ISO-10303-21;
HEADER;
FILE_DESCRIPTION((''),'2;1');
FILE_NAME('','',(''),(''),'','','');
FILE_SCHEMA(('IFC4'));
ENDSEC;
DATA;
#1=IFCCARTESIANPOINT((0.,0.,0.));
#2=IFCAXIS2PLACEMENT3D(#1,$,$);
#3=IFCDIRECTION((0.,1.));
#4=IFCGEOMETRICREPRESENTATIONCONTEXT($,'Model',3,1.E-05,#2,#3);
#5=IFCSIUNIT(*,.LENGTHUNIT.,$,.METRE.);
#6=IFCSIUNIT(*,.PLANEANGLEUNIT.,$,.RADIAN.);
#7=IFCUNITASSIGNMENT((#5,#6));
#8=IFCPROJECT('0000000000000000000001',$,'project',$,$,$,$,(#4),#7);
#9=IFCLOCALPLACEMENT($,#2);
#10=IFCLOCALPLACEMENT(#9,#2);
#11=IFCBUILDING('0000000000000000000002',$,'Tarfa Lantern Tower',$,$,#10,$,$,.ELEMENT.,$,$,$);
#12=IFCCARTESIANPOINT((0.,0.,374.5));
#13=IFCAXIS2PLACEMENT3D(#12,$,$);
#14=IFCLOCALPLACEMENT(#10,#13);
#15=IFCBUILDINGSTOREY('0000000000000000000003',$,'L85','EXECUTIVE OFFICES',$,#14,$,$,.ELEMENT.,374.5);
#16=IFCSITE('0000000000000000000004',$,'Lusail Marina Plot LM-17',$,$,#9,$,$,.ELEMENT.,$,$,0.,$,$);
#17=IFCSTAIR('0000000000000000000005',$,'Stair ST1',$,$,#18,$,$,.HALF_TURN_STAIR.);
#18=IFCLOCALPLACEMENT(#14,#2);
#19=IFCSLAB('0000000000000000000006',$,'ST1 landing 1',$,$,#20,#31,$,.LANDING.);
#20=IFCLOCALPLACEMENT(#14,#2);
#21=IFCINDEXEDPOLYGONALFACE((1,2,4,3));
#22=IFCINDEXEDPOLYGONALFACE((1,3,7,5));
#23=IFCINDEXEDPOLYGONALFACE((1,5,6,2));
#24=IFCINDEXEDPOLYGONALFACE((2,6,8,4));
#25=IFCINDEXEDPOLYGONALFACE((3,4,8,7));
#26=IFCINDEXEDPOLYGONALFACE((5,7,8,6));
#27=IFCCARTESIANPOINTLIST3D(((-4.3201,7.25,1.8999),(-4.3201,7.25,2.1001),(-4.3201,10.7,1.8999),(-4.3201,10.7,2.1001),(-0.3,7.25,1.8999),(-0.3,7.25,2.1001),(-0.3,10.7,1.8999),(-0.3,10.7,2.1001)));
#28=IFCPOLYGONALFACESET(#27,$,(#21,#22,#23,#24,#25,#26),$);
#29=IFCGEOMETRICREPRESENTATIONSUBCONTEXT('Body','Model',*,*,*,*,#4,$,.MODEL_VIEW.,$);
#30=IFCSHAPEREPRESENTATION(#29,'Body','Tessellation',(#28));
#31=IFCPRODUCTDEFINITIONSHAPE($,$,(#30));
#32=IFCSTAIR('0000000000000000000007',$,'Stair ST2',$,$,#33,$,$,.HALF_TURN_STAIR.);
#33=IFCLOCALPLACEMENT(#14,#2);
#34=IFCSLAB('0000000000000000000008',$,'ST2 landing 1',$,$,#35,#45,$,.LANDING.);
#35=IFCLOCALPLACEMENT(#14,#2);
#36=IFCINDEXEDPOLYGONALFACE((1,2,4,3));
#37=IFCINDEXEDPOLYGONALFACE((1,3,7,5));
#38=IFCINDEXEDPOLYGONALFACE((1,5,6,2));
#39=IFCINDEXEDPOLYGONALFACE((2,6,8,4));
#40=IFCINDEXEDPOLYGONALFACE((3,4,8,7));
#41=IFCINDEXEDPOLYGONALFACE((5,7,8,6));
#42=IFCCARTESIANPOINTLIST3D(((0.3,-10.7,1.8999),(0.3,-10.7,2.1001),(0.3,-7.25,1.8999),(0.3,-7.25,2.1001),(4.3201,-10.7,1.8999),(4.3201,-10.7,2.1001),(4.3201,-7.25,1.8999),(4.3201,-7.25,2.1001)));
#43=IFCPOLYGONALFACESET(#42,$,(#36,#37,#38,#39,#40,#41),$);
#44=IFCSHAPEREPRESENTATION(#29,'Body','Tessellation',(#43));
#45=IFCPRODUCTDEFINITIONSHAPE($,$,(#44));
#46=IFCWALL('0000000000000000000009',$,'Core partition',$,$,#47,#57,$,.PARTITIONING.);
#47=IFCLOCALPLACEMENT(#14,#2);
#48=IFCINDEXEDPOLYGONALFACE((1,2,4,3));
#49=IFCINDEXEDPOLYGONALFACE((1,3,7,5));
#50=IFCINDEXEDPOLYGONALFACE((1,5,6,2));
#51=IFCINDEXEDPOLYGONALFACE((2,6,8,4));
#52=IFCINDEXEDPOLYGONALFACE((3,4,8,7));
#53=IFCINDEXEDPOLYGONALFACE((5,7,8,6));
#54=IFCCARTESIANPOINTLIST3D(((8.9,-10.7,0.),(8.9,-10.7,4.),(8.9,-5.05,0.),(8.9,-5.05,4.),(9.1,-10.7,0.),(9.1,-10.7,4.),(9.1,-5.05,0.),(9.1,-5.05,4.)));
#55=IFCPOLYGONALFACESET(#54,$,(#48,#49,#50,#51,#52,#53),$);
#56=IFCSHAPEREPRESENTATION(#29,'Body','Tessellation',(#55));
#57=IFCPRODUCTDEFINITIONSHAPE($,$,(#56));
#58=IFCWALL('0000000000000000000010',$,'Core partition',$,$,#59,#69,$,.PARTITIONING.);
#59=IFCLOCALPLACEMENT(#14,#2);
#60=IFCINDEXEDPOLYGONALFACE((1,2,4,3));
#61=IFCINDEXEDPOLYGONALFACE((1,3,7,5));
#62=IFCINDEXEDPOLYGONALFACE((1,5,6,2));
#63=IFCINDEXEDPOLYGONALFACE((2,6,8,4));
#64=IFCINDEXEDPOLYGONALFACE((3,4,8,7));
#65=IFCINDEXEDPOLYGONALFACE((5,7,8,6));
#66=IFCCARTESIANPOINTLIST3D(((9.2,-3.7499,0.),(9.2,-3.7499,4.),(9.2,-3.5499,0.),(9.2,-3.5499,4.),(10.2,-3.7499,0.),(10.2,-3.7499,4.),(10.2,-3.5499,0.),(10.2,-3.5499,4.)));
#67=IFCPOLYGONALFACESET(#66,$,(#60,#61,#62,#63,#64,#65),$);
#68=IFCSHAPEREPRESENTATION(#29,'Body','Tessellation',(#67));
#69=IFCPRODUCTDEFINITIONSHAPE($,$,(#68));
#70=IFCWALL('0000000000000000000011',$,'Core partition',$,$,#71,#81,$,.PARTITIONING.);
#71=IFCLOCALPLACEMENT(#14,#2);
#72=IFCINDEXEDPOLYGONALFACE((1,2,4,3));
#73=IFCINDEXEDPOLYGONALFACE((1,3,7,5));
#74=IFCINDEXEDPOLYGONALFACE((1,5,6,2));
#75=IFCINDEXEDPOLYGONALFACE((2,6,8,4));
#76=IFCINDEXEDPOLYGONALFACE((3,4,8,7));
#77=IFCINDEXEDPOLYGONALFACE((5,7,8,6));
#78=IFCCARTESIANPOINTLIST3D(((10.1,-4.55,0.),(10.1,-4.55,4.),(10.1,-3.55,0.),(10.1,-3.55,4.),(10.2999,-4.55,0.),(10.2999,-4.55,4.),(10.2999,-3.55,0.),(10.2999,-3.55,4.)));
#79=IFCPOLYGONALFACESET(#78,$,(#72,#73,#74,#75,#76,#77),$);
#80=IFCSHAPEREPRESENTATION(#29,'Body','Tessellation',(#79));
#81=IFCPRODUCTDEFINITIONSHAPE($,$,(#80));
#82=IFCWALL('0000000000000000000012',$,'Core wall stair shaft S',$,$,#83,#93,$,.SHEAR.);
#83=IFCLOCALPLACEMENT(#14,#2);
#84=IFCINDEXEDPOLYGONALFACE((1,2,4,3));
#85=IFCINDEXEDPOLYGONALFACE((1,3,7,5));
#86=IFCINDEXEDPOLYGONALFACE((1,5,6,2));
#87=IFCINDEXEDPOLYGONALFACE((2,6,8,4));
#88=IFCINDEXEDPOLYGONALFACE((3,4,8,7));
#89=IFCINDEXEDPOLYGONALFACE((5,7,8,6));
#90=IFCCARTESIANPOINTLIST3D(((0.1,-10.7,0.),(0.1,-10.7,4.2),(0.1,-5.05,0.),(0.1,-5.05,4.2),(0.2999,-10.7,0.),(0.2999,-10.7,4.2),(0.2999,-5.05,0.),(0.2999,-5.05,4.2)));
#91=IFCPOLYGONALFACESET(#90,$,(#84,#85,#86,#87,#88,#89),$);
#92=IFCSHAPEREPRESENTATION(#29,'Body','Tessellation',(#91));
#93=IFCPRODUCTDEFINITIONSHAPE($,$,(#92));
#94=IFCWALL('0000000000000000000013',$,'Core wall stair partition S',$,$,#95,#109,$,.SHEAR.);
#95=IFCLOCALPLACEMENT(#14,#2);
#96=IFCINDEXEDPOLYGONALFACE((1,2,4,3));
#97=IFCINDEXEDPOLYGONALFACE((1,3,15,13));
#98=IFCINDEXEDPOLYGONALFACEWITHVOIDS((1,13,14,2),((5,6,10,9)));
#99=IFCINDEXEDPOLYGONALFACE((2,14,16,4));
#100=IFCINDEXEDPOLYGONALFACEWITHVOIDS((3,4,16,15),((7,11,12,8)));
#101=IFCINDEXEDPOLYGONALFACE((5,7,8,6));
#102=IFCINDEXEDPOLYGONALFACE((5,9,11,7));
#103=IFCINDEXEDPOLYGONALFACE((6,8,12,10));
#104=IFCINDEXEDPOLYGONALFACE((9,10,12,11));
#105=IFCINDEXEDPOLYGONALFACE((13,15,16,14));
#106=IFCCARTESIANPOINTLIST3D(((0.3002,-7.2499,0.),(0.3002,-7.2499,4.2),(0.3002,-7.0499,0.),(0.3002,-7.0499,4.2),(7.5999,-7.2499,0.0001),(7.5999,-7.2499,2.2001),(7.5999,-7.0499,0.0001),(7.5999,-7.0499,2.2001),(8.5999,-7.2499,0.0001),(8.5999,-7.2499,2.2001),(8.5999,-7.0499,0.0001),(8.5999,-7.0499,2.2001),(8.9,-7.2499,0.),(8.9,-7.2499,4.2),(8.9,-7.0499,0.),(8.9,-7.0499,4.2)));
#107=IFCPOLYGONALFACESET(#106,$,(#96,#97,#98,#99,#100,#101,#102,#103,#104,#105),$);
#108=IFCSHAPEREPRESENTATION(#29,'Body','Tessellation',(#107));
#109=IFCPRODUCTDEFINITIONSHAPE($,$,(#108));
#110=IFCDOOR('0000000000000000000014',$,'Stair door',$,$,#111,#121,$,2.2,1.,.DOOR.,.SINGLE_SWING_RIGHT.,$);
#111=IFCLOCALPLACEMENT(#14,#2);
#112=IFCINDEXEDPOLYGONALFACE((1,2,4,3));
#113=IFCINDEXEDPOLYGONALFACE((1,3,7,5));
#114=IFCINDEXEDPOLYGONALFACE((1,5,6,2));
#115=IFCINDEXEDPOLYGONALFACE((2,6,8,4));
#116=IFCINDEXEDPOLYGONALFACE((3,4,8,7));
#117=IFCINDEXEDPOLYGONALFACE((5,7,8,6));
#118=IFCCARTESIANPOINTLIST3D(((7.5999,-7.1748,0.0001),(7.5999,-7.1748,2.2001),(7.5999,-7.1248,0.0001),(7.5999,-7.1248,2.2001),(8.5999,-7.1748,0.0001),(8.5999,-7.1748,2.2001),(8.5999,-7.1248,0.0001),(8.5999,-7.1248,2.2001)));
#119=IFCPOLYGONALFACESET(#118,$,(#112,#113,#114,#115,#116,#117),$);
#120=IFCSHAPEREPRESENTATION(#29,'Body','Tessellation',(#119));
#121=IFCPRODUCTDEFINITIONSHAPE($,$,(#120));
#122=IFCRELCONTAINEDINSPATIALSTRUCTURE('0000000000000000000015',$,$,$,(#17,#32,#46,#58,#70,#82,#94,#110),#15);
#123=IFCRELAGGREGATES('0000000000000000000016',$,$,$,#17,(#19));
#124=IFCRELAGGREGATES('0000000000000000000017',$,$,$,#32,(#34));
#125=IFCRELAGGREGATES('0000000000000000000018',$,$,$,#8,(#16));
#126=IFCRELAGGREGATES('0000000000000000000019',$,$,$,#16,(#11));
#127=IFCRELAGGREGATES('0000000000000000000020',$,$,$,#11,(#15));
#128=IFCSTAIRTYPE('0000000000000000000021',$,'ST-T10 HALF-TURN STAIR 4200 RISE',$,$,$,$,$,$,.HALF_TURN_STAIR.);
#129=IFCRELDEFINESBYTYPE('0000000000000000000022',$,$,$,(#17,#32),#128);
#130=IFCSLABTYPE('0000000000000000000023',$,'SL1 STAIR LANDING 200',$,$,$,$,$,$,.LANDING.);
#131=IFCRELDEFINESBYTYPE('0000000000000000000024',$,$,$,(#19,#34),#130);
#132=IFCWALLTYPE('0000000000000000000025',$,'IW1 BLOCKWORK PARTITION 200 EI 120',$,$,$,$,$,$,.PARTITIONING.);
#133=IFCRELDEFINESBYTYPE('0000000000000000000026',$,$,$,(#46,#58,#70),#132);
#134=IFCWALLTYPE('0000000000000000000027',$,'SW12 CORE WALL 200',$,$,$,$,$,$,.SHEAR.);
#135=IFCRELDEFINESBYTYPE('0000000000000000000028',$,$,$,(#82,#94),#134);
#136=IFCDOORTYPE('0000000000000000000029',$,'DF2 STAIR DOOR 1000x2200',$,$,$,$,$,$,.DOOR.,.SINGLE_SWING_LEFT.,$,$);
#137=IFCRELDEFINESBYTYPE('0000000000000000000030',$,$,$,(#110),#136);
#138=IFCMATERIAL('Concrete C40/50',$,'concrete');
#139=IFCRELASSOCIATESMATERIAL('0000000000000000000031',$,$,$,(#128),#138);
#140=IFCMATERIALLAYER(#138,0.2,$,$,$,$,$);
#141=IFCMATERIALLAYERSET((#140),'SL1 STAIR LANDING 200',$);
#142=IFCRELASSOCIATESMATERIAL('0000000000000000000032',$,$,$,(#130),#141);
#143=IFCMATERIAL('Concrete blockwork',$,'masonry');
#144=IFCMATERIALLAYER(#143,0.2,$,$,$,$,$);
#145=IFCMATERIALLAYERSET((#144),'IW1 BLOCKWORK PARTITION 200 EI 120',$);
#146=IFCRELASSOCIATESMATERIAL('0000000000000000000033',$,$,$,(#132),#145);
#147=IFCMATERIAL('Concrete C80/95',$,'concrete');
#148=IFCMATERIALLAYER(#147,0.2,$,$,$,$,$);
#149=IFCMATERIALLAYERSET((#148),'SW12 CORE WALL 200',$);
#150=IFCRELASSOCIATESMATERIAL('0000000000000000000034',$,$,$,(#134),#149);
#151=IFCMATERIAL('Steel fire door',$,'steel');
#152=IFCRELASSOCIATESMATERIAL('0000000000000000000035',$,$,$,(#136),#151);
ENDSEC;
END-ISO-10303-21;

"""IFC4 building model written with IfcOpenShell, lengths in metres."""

from ifc_helpers import new_model, si_unit, direction, frame, frame_2d, origin, place, context, subcontext, project, spatial, polyline, rectangle, outline, extrude, material, layer, layer_set, type_object, element, fill, aggregate, save


model = new_model("IFC4")

# Units and contexts
model_context = context("Model", 3, precision=1e-05, world=origin(), true_north=direction((0.0, 1.0)))
body_context = subcontext(model_context, "Body", "Model", "MODEL_VIEW")
ifc_project = project(units=[si_unit("LENGTHUNIT", "METRE"), si_unit("PLANEANGLEUNIT", "RADIAN")], contexts=[model_context])

# Site, building, storey
site_placement = place(None, origin())
site = spatial("IfcSite", under=ifc_project, at=site_placement, Name="Lusail Marina Plot LM-17", CompositionType="ELEMENT", RefElevation=0.0)
building_placement = place(site_placement, origin())
building = spatial("IfcBuilding", under=site, at=building_placement, Name="Tarfa Lantern Tower", CompositionType="ELEMENT")
storey_placement = place(building_placement, frame((0.0, 0.0, 374.5)))
storey = spatial("IfcBuildingStorey", under=building, at=storey_placement, Name="L85", Description="EXECUTIVE OFFICES", CompositionType="ELEMENT", Elevation=374.5)

# Stairs, slabs
ifc_material_1 = material(Name="Concrete C40/50", Category="concrete")
stair_type = type_object("IfcStairType", Name="ST-T10 HALF-TURN STAIR 4200 RISE", PredefinedType="HALF_TURN_STAIR", material=ifc_material_1)
stair_1_placement = place(storey_placement, origin())
stair_1 = element("IfcStair", 1, at=stair_1_placement, inside=storey, type_object=stair_type, Name="Stair ST1", PredefinedType="HALF_TURN_STAIR")
ifc_layer_1 = layer(ifc_material_1, 0.2)
ifc_layer_set_1 = layer_set([ifc_layer_1], Name="SL1 STAIR LANDING 200")
slab_type = type_object("IfcSlabType", Name="SL1 STAIR LANDING 200", PredefinedType="LANDING", material=ifc_layer_set_1)
slab_1_placement = place(storey_placement, frame((0.0, 0.0, 1.8999)))
slab_1 = element("IfcSlab", 2, at=slab_1_placement, type_object=slab_type, Name="ST1 landing 1", PredefinedType="LANDING", context=body_context, shape_type="SweptSolid", body=[
    extrude(outline(polyline([(-4.3201, 7.25), (-0.3, 7.25), (-0.3, 10.7), (-4.3201, 10.7), (-4.3201, 7.25)])), origin(), (0.0, 0.0, 1.0), 0.2002),
])
aggregate(stair_1, [slab_1])
stair_2_placement = place(storey_placement, origin())
stair_2 = element("IfcStair", 3, at=stair_2_placement, inside=storey, type_object=stair_type, Name="Stair ST2", PredefinedType="HALF_TURN_STAIR")
slab_2_placement = place(storey_placement, frame((0.0, 0.0, 1.8999)))
slab_2 = element("IfcSlab", 4, at=slab_2_placement, type_object=slab_type, Name="ST2 landing 1", PredefinedType="LANDING", context=body_context, shape_type="SweptSolid", body=[
    extrude(outline(polyline([(4.3201, -7.25), (0.3, -7.25), (0.3, -10.7), (4.3201, -10.7), (4.3201, -7.25)])), origin(), (0.0, 0.0, 1.0), 0.2002),
])

# Walls
ifc_material_2 = material(Name="Concrete blockwork", Category="masonry")
ifc_layer_2 = layer(ifc_material_2, 0.2)
ifc_layer_set_2 = layer_set([ifc_layer_2], Name="IW1 BLOCKWORK PARTITION 200 EI 120")
wall_type_1 = type_object("IfcWallType", Name="IW1 BLOCKWORK PARTITION 200 EI 120", PredefinedType="PARTITIONING", material=ifc_layer_set_2)
wall_1_placement = place(storey_placement, frame((9.0, -5.05, 0.0), z_axis=(0.0, 0.0, 1.0), x_axis=(0.0, -1.0, 0.0)))
element("IfcWall", 5, at=wall_1_placement, inside=storey, type_object=wall_type_1, Name="Core partition", PredefinedType="PARTITIONING", context=body_context, shape_type="SweptSolid", body=[
    extrude(rectangle(XDim=5.6499, YDim=0.2, at=frame_2d((2.825, 0.0))), origin(), (0.0, 0.0, 1.0), 4.0),
])
for number, where, z_axis, x_axis, name in (
    (6, (10.2, -3.6499, 0.0), (0.0, 0.0, 1.0), (-1.0, 0.0, 0.0), "Core partition"),
    (7, (10.2, -3.55, 0.0), (0.0, 0.0, 1.0), (0.0, -1.0, 0.0), "Core partition"),
):
    element("IfcWall", number, at=place(storey_placement, frame(where, z_axis=z_axis, x_axis=x_axis)), inside=storey, type_object=wall_type_1, Name=name, PredefinedType="PARTITIONING", context=body_context, shape_type="SweptSolid", body=[
        extrude(rectangle(XDim=1.0, YDim=0.2, at=frame_2d((0.5, 0.0))), origin(), (0.0, 0.0, 1.0), 4.0),
    ])
ifc_material_3 = material(Name="Concrete C80/95", Category="concrete")
ifc_layer_3 = layer(ifc_material_3, 0.2)
ifc_layer_set_3 = layer_set([ifc_layer_3], Name="SW12 CORE WALL 200")
wall_type_2 = type_object("IfcWallType", Name="SW12 CORE WALL 200", PredefinedType="SHEAR", material=ifc_layer_set_3)
wall_2_placement = place(storey_placement, frame((0.2, -5.05, 0.0), z_axis=(0.0, 0.0, 1.0), x_axis=(0.0, -1.0, 0.0)))
element("IfcWall", 8, at=wall_2_placement, inside=storey, type_object=wall_type_2, Name="Core wall stair shaft S", PredefinedType="SHEAR", context=body_context, shape_type="SweptSolid", body=[
    extrude(rectangle(XDim=5.6499, YDim=0.2, at=frame_2d((2.825, 0.0))), origin(), (0.0, 0.0, 1.0), 4.2),
])

# Wall, opening, door
wall_3_placement = place(storey_placement, frame((8.8999, -7.1499, 0.0), z_axis=(0.0, 0.0, 1.0), x_axis=(-1.0, 0.0, 0.0)))
wall_3 = element("IfcWall", 9, at=wall_3_placement, inside=storey, type_object=wall_type_2, Name="Core wall stair partition S", PredefinedType="SHEAR", context=body_context, shape_type="SweptSolid", body=[
    extrude(rectangle(XDim=8.5999, YDim=0.2, at=frame_2d((4.2998, 0.0))), origin(), (0.0, 0.0, 1.0), 4.2),
])
opening_1_placement = place(wall_3_placement, frame((0.3, 0.0, 0.0)))
opening_1 = element("IfcOpeningElement", 10, at=opening_1_placement, cuts=wall_3, PredefinedType="OPENING", context=body_context, shape_type="SweptSolid", body=[
    extrude(rectangle(XDim=1.0, YDim=2.2, at=frame_2d((0.5, 1.1001))), frame((0.0, 0.1099, 0.0), z_axis=(0.0, -1.0, 0.0), x_axis=(1.0, 0.0, 0.0)), (0.0, 0.0, 1.0), 0.22),
])
ifc_material_4 = material(Name="Steel fire door", Category="steel")
door_type_1 = type_object("IfcDoorType", Name="DF2 STAIR DOOR 1000x2200", OperationType="SINGLE_SWING_LEFT", PredefinedType="DOOR", material=ifc_material_4)
door_1_placement = place(opening_1_placement, origin())
door_1 = element("IfcDoor", 11, at=door_1_placement, inside=storey, type_object=door_type_1, Name="Stair door", OperationType="SINGLE_SWING_RIGHT", OverallHeight=2.2, OverallWidth=1.0, PredefinedType="DOOR", context=body_context, shape_type="SweptSolid", body=[
    extrude(rectangle(XDim=1.0, YDim=2.2, at=frame_2d((0.5, 1.1001))), frame((0.0, 0.0249, 0.0), z_axis=(0.0, -1.0, 0.0), x_axis=(1.0, 0.0, 0.0)), (0.0, 0.0, 1.0), 0.05),
])
fill(opening_1, door_1)

aggregate(stair_2, [slab_2])

save(model, "model.ifc")
